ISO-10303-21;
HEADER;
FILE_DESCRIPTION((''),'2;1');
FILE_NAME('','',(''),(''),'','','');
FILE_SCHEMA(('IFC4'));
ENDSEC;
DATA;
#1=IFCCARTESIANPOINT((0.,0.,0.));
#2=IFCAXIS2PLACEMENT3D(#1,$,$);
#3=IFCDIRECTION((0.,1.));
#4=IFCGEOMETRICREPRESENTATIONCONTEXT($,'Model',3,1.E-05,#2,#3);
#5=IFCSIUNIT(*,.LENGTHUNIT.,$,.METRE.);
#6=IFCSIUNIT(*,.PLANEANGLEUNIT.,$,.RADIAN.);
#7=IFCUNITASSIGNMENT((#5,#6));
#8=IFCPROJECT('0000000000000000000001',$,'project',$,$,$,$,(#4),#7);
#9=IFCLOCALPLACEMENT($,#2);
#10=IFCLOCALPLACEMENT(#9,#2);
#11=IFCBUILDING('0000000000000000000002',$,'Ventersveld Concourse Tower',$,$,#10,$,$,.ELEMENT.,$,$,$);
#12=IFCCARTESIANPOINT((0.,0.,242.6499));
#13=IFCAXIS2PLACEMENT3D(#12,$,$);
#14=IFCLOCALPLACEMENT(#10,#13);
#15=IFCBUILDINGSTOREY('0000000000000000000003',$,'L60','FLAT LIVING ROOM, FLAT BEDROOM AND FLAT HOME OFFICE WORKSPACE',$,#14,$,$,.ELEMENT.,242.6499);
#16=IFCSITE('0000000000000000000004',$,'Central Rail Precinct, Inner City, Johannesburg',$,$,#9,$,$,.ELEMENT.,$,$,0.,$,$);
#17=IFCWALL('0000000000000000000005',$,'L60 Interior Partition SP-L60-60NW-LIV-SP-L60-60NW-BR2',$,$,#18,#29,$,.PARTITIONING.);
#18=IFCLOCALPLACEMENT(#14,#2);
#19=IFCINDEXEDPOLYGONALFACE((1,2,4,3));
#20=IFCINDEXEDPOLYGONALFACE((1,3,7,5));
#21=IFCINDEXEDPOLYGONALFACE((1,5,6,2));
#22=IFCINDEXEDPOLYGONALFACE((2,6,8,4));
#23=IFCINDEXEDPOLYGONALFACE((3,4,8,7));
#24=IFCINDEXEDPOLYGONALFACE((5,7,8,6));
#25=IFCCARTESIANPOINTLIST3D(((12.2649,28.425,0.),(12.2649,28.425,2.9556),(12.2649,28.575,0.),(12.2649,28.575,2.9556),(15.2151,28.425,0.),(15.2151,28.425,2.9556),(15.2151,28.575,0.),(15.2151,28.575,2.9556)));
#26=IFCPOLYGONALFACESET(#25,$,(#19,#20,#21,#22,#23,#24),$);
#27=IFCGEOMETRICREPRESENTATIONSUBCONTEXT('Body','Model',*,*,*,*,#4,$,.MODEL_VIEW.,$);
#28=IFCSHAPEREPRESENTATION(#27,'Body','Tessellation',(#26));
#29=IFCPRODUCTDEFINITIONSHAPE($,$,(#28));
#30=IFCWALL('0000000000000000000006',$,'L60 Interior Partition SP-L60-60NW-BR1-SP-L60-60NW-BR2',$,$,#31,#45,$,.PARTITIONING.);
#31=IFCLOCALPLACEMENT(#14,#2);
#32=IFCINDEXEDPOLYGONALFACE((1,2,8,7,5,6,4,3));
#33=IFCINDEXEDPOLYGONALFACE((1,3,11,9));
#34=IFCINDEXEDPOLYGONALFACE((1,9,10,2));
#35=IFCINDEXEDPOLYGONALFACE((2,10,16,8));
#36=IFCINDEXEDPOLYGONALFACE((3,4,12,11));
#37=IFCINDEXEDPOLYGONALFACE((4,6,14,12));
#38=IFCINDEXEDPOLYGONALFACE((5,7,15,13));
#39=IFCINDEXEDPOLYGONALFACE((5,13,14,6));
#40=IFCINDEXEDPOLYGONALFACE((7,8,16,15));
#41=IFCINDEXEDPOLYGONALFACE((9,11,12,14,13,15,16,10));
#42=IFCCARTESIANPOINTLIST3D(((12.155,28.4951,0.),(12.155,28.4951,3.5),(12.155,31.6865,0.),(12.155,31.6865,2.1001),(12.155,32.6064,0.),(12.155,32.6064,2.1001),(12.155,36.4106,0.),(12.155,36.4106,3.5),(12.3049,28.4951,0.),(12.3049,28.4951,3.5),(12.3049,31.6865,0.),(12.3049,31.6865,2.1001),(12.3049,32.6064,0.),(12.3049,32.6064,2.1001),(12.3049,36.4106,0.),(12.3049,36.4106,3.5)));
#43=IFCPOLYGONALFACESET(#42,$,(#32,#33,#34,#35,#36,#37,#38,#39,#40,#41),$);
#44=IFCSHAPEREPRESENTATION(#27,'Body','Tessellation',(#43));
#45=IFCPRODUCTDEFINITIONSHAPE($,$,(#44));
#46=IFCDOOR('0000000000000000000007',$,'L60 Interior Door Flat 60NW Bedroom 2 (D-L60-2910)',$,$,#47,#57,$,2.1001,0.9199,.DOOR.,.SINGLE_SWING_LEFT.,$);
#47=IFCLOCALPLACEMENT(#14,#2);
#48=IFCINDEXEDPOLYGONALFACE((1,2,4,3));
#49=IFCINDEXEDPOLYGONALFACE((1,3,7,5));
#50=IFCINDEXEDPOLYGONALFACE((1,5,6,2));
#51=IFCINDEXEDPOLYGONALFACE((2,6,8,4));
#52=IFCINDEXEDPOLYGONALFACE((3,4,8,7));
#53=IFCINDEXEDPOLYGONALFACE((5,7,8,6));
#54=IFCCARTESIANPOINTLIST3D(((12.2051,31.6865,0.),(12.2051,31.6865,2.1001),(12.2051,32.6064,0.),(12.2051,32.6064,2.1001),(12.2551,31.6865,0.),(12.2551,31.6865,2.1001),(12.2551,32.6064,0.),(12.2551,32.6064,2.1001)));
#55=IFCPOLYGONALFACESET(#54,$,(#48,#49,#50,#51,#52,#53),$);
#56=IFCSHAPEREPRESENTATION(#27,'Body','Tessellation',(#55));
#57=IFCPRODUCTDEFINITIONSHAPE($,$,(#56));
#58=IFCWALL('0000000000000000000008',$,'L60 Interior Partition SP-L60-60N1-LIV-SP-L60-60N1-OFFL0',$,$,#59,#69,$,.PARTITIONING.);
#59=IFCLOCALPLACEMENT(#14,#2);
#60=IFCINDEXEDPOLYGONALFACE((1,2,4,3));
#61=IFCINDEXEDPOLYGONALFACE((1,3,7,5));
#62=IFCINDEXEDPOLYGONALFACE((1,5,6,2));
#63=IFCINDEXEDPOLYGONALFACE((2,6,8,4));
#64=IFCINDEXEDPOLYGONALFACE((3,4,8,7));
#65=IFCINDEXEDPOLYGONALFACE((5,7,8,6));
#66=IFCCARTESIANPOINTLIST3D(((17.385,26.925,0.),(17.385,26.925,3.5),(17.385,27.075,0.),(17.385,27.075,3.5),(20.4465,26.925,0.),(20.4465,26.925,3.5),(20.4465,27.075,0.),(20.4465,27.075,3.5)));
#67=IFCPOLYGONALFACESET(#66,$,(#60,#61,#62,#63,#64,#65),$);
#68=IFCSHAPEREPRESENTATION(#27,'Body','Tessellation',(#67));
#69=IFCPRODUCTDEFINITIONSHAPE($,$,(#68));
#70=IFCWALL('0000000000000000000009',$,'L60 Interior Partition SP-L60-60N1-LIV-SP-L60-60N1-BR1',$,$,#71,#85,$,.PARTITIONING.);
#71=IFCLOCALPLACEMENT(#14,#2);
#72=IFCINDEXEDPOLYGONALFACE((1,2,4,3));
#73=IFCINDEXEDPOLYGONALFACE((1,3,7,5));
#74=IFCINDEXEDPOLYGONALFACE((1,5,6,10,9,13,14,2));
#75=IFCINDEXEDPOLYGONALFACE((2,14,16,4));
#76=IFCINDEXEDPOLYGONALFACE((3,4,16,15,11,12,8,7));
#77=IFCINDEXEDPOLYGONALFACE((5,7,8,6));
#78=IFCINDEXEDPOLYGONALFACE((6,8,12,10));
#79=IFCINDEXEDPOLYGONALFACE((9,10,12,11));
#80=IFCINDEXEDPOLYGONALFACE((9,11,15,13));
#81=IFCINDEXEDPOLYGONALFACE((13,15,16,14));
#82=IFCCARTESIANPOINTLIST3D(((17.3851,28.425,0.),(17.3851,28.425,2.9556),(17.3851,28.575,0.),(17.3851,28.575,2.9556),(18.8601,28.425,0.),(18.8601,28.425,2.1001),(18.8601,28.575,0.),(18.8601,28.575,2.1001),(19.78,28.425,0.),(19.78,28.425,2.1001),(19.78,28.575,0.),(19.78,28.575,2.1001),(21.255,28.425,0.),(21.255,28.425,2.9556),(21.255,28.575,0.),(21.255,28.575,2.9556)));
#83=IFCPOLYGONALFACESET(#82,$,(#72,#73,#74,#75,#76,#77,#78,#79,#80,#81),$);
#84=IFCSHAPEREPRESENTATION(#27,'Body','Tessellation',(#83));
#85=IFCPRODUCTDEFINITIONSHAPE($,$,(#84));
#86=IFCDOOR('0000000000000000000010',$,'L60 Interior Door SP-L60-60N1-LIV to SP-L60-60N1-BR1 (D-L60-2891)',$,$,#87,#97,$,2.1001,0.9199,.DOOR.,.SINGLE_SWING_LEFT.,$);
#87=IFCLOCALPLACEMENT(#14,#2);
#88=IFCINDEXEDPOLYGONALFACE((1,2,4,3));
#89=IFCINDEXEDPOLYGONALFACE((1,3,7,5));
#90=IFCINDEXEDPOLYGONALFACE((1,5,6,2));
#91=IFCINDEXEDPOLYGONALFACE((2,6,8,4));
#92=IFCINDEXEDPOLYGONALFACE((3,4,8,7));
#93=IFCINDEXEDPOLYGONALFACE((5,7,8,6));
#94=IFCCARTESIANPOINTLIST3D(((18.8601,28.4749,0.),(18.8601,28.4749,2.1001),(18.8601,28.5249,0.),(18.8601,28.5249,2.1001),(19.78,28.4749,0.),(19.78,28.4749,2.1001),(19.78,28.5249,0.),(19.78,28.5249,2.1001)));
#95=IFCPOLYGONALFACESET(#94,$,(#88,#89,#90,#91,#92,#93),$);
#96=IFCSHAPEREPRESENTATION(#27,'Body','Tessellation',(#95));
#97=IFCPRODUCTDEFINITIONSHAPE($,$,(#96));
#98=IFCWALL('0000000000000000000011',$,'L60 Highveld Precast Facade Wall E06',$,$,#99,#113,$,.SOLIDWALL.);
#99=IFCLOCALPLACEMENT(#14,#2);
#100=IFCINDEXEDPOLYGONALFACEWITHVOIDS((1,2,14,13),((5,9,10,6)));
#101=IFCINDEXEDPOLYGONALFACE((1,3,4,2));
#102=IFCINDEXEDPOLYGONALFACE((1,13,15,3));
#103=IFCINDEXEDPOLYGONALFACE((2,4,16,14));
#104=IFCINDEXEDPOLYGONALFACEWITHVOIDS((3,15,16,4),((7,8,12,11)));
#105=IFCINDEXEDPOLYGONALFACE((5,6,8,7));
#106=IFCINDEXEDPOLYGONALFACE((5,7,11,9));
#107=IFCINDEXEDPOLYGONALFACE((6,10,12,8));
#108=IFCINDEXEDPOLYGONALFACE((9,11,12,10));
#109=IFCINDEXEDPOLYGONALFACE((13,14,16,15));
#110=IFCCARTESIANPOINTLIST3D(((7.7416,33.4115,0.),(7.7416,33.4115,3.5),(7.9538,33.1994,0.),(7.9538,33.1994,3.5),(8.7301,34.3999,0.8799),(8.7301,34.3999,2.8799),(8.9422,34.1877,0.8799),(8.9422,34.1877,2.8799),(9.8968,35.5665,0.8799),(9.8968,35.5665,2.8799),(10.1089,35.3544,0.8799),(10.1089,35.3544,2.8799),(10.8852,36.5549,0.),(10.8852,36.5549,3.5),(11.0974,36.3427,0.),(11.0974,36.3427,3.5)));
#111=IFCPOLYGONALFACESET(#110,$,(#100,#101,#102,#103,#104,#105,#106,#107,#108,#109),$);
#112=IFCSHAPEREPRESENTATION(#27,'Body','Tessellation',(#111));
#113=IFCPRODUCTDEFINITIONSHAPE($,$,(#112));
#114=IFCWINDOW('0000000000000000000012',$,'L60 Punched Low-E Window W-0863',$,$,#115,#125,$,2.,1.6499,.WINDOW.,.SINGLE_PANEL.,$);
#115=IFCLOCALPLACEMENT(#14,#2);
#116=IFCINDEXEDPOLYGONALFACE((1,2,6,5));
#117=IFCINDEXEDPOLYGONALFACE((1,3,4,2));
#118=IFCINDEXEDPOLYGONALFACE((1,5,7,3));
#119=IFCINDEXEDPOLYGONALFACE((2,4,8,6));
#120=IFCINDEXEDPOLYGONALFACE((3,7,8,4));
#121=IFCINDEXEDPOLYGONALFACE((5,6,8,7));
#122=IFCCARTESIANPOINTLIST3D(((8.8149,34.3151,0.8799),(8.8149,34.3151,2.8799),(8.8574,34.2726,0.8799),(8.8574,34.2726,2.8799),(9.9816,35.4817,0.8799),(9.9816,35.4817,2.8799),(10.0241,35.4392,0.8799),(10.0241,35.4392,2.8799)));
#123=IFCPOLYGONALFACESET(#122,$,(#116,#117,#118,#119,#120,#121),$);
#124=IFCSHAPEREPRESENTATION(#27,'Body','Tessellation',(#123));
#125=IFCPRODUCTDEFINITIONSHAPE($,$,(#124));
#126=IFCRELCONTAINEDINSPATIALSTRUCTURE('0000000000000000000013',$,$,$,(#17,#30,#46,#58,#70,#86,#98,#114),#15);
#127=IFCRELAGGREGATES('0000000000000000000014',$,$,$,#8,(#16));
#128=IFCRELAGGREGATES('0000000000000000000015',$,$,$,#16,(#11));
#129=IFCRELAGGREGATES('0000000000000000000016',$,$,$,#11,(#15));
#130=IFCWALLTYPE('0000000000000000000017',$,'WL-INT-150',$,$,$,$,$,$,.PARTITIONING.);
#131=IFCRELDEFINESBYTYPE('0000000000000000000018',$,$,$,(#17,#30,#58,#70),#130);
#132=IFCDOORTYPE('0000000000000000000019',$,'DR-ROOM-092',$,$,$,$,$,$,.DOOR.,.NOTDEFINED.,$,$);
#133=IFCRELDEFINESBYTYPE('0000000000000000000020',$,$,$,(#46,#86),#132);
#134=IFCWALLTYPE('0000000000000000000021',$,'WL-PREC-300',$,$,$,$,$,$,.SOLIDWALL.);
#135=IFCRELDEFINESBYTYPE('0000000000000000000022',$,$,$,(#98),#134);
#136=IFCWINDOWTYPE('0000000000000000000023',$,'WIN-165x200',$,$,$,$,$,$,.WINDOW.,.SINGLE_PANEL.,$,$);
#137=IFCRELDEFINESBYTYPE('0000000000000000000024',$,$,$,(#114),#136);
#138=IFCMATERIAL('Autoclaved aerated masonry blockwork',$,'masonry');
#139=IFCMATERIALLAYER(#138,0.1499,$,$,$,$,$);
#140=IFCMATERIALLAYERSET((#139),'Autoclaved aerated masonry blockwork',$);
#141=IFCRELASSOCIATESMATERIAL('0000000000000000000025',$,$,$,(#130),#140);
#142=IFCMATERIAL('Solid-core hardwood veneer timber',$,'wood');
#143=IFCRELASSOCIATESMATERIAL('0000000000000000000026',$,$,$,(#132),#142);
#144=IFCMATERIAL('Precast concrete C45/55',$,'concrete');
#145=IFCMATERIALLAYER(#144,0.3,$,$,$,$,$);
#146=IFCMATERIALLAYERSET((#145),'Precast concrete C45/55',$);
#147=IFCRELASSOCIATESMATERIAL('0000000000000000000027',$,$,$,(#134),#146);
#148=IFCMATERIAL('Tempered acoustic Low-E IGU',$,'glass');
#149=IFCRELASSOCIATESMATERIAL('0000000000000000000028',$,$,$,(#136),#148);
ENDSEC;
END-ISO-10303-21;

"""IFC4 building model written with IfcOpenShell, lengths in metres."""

from ifc_helpers import new_model, si_unit, direction, frame, frame_2d, origin, place, context, subcontext, project, spatial, rectangle, extrude, material, layer, layer_set, type_object, element, fill, save


model = new_model("IFC4")

# Units and contexts
model_context = context("Model", 3, precision=1e-05, world=origin(), true_north=direction((0.0, 1.0)))
body_context = subcontext(model_context, "Body", "Model", "MODEL_VIEW")
ifc_project = project(units=[si_unit("LENGTHUNIT", "METRE"), si_unit("PLANEANGLEUNIT", "RADIAN")], contexts=[model_context])

# Site, building, storey
site_placement = place(None, origin())
site = spatial("IfcSite", under=ifc_project, at=site_placement, Name="Central Rail Precinct, Inner City, Johannesburg", CompositionType="ELEMENT", RefElevation=0.0)
building_placement = place(site_placement, origin())
building = spatial("IfcBuilding", under=site, at=building_placement, Name="Ventersveld Concourse Tower", CompositionType="ELEMENT")
storey_placement = place(building_placement, frame((0.0, 0.0, 242.6499)))
storey = spatial("IfcBuildingStorey", under=building, at=storey_placement, Name="L60", Description="FLAT LIVING ROOM, FLAT BEDROOM AND FLAT HOME OFFICE WORKSPACE", CompositionType="ELEMENT", Elevation=242.6499)

# Shared definitions
ifc_material_1 = material(Name="Autoclaved aerated masonry blockwork", Category="masonry")
ifc_layer_1 = layer(ifc_material_1, 0.1499)
ifc_layer_set_1 = layer_set([ifc_layer_1], Name="Autoclaved aerated masonry blockwork")
wall_type_1 = type_object("IfcWallType", Name="WL-INT-150", PredefinedType="PARTITIONING", material=ifc_layer_set_1)

# Shared definitions
ifc_material_2 = material(Name="Solid-core hardwood veneer timber", Category="wood")
door_type = type_object("IfcDoorType", Name="DR-ROOM-092", OperationType="NOTDEFINED", PredefinedType="DOOR", material=ifc_material_2)

# Wall
wall_1_placement = place(storey_placement, frame((12.2649, 28.5, 0.0), z_axis=(0.0, 0.0, 1.0), x_axis=(1.0, 0.0, 0.0)))
element("IfcWall", 1, at=wall_1_placement, inside=storey, type_object=wall_type_1, Name="L60 Interior Partition SP-L60-60NW-LIV-SP-L60-60NW-BR2", PredefinedType="PARTITIONING", context=body_context, shape_type="SweptSolid", body=[
    extrude(rectangle(XDim=2.9502, YDim=0.1499, at=frame_2d((1.4751, 0.0))), origin(), (0.0, 0.0, 1.0), 2.9556),
])

# Wall, opening, door
wall_2_placement = place(storey_placement, frame((12.23, 28.4951, 0.0), z_axis=(0.0, 0.0, 1.0), x_axis=(0.0, 1.0, 0.0)))
wall_2 = element("IfcWall", 2, at=wall_2_placement, inside=storey, type_object=wall_type_1, Name="L60 Interior Partition SP-L60-60NW-BR1-SP-L60-60NW-BR2", PredefinedType="PARTITIONING", context=body_context, shape_type="SweptSolid", body=[
    extrude(rectangle(XDim=7.9155, YDim=0.1499, at=frame_2d((3.9578, 0.0))), origin(), (0.0, 0.0, 1.0), 3.5),
])
opening_1_placement = place(wall_2_placement, frame((3.1914, 0.0, 0.0)))
opening_1 = element("IfcOpeningElement", 3, at=opening_1_placement, cuts=wall_2, PredefinedType="OPENING", context=body_context, shape_type="SweptSolid", body=[
    extrude(rectangle(XDim=0.9199, YDim=2.1001, at=frame_2d((0.46, 1.05))), frame((0.0, 0.085, 0.0), z_axis=(0.0, -1.0, 0.0), x_axis=(1.0, 0.0, 0.0)), (0.0, 0.0, 1.0), 0.1699),
])
door_1_placement = place(opening_1_placement, origin())
door_1 = element("IfcDoor", 4, at=door_1_placement, inside=storey, type_object=door_type, Name="L60 Interior Door Flat 60NW Bedroom 2 (D-L60-2910)", OperationType="SINGLE_SWING_LEFT", OverallHeight=2.1001, OverallWidth=0.9199, PredefinedType="DOOR", context=body_context, shape_type="SweptSolid", body=[
    extrude(rectangle(XDim=0.9199, YDim=2.1001, at=frame_2d((0.46, 1.05))), frame((0.0, 0.0249, 0.0), z_axis=(0.0, -1.0, 0.0), x_axis=(1.0, 0.0, 0.0)), (0.0, 0.0, 1.0), 0.05),
])
fill(opening_1, door_1)

# Wall
wall_3_placement = place(storey_placement, frame((17.385, 27.0, 0.0), z_axis=(0.0, 0.0, 1.0), x_axis=(1.0, 0.0, 0.0)))
element("IfcWall", 5, at=wall_3_placement, inside=storey, type_object=wall_type_1, Name="L60 Interior Partition SP-L60-60N1-LIV-SP-L60-60N1-OFFL0", PredefinedType="PARTITIONING", context=body_context, shape_type="SweptSolid", body=[
    extrude(rectangle(XDim=3.0615, YDim=0.1499, at=frame_2d((1.5308, 0.0))), origin(), (0.0, 0.0, 1.0), 3.5),
])

# Wall, opening, door
wall_4_placement = place(storey_placement, frame((17.385, 28.5, 0.0), z_axis=(0.0, 0.0, 1.0), x_axis=(1.0, 0.0, 0.0)))
wall_4 = element("IfcWall", 6, at=wall_4_placement, inside=storey, type_object=wall_type_1, Name="L60 Interior Partition SP-L60-60N1-LIV-SP-L60-60N1-BR1", PredefinedType="PARTITIONING", context=body_context, shape_type="SweptSolid", body=[
    extrude(rectangle(XDim=3.8699, YDim=0.1499, at=frame_2d((1.9351, 0.0))), origin(), (0.0, 0.0, 1.0), 2.9556),
])
opening_2_placement = place(wall_4_placement, frame((1.4751, 0.0, 0.0)))
opening_2 = element("IfcOpeningElement", 7, at=opening_2_placement, cuts=wall_4, PredefinedType="OPENING", context=body_context, shape_type="SweptSolid", body=[
    extrude(rectangle(XDim=0.9199, YDim=2.1001, at=frame_2d((0.46, 1.05))), frame((0.0, 0.085, 0.0), z_axis=(0.0, -1.0, 0.0), x_axis=(1.0, 0.0, 0.0)), (0.0, 0.0, 1.0), 0.1699),
])
door_2_placement = place(opening_2_placement, origin())
door_2 = element("IfcDoor", 8, at=door_2_placement, inside=storey, type_object=door_type, Name="L60 Interior Door SP-L60-60N1-LIV to SP-L60-60N1-BR1 (D-L60-2891)", OperationType="SINGLE_SWING_LEFT", OverallHeight=2.1001, OverallWidth=0.9199, PredefinedType="DOOR", context=body_context, shape_type="SweptSolid", body=[
    extrude(rectangle(XDim=0.9199, YDim=2.1001, at=frame_2d((0.46, 1.05))), frame((0.0, 0.0249, 0.0), z_axis=(0.0, -1.0, 0.0), x_axis=(1.0, 0.0, 0.0)), (0.0, 0.0, 1.0), 0.05),
])
fill(opening_2, door_2)

# Wall, opening, window
ifc_material_3 = material(Name="Precast concrete C45/55", Category="concrete")
ifc_layer_2 = layer(ifc_material_3, 0.3)
ifc_layer_set_2 = layer_set([ifc_layer_2], Name="Precast concrete C45/55")
wall_type_2 = type_object("IfcWallType", Name="WL-PREC-300", PredefinedType="SOLIDWALL", material=ifc_layer_set_2)
wall_5_placement = place(storey_placement, frame((10.9912, 36.4487, 0.0), z_axis=(0.0, 0.0, 1.0), x_axis=(-0.707134, -0.707079, 0.0)))
wall_5 = element("IfcWall", 9, at=wall_5_placement, inside=storey, type_object=wall_type_2, Name="L60 Highveld Precast Facade Wall E06", PredefinedType="SOLIDWALL", context=body_context, shape_type="SweptSolid", body=[
    extrude(rectangle(XDim=4.4456, YDim=0.3, at=frame_2d((2.2227, 0.0))), origin(), (0.0, 0.0, 1.0), 3.5),
])
opening_3_placement = place(wall_5_placement, frame((1.3977, 0.0, 0.8799)))
opening_3 = element("IfcOpeningElement", 10, at=opening_3_placement, cuts=wall_5, PredefinedType="OPENING", context=body_context, shape_type="SweptSolid", body=[
    extrude(rectangle(XDim=1.6499, YDim=2.0, at=frame_2d((0.825, 1.0))), frame((0.0, 0.1602, 0.0), z_axis=(0.0, -1.0, 0.0), x_axis=(1.0, 0.0, 0.0)), (0.0, 0.0, 1.0), 0.3201),
])
ifc_material_4 = material(Name="Tempered acoustic Low-E IGU", Category="glass")
window_type_1 = type_object("IfcWindowType", Name="WIN-165x200", PartitioningType="SINGLE_PANEL", PredefinedType="WINDOW", material=ifc_material_4)
window_1_placement = place(opening_3_placement, origin())
window_1 = element("IfcWindow", 11, at=window_1_placement, inside=storey, type_object=window_type_1, Name="L60 Punched Low-E Window W-0863", OverallHeight=2.0, OverallWidth=1.6499, PartitioningType="SINGLE_PANEL", PredefinedType="WINDOW", context=body_context, shape_type="SweptSolid", body=[
    extrude(rectangle(XDim=1.6499, YDim=2.0, at=frame_2d((0.825, 1.0))), frame((0.0, 0.03, 0.0), z_axis=(0.0, -1.0, 0.0), x_axis=(1.0, 0.0, 0.0)), (0.0, 0.0, 1.0), 0.0601),
])
fill(opening_3, window_1)

save(model, "model.ifc")
